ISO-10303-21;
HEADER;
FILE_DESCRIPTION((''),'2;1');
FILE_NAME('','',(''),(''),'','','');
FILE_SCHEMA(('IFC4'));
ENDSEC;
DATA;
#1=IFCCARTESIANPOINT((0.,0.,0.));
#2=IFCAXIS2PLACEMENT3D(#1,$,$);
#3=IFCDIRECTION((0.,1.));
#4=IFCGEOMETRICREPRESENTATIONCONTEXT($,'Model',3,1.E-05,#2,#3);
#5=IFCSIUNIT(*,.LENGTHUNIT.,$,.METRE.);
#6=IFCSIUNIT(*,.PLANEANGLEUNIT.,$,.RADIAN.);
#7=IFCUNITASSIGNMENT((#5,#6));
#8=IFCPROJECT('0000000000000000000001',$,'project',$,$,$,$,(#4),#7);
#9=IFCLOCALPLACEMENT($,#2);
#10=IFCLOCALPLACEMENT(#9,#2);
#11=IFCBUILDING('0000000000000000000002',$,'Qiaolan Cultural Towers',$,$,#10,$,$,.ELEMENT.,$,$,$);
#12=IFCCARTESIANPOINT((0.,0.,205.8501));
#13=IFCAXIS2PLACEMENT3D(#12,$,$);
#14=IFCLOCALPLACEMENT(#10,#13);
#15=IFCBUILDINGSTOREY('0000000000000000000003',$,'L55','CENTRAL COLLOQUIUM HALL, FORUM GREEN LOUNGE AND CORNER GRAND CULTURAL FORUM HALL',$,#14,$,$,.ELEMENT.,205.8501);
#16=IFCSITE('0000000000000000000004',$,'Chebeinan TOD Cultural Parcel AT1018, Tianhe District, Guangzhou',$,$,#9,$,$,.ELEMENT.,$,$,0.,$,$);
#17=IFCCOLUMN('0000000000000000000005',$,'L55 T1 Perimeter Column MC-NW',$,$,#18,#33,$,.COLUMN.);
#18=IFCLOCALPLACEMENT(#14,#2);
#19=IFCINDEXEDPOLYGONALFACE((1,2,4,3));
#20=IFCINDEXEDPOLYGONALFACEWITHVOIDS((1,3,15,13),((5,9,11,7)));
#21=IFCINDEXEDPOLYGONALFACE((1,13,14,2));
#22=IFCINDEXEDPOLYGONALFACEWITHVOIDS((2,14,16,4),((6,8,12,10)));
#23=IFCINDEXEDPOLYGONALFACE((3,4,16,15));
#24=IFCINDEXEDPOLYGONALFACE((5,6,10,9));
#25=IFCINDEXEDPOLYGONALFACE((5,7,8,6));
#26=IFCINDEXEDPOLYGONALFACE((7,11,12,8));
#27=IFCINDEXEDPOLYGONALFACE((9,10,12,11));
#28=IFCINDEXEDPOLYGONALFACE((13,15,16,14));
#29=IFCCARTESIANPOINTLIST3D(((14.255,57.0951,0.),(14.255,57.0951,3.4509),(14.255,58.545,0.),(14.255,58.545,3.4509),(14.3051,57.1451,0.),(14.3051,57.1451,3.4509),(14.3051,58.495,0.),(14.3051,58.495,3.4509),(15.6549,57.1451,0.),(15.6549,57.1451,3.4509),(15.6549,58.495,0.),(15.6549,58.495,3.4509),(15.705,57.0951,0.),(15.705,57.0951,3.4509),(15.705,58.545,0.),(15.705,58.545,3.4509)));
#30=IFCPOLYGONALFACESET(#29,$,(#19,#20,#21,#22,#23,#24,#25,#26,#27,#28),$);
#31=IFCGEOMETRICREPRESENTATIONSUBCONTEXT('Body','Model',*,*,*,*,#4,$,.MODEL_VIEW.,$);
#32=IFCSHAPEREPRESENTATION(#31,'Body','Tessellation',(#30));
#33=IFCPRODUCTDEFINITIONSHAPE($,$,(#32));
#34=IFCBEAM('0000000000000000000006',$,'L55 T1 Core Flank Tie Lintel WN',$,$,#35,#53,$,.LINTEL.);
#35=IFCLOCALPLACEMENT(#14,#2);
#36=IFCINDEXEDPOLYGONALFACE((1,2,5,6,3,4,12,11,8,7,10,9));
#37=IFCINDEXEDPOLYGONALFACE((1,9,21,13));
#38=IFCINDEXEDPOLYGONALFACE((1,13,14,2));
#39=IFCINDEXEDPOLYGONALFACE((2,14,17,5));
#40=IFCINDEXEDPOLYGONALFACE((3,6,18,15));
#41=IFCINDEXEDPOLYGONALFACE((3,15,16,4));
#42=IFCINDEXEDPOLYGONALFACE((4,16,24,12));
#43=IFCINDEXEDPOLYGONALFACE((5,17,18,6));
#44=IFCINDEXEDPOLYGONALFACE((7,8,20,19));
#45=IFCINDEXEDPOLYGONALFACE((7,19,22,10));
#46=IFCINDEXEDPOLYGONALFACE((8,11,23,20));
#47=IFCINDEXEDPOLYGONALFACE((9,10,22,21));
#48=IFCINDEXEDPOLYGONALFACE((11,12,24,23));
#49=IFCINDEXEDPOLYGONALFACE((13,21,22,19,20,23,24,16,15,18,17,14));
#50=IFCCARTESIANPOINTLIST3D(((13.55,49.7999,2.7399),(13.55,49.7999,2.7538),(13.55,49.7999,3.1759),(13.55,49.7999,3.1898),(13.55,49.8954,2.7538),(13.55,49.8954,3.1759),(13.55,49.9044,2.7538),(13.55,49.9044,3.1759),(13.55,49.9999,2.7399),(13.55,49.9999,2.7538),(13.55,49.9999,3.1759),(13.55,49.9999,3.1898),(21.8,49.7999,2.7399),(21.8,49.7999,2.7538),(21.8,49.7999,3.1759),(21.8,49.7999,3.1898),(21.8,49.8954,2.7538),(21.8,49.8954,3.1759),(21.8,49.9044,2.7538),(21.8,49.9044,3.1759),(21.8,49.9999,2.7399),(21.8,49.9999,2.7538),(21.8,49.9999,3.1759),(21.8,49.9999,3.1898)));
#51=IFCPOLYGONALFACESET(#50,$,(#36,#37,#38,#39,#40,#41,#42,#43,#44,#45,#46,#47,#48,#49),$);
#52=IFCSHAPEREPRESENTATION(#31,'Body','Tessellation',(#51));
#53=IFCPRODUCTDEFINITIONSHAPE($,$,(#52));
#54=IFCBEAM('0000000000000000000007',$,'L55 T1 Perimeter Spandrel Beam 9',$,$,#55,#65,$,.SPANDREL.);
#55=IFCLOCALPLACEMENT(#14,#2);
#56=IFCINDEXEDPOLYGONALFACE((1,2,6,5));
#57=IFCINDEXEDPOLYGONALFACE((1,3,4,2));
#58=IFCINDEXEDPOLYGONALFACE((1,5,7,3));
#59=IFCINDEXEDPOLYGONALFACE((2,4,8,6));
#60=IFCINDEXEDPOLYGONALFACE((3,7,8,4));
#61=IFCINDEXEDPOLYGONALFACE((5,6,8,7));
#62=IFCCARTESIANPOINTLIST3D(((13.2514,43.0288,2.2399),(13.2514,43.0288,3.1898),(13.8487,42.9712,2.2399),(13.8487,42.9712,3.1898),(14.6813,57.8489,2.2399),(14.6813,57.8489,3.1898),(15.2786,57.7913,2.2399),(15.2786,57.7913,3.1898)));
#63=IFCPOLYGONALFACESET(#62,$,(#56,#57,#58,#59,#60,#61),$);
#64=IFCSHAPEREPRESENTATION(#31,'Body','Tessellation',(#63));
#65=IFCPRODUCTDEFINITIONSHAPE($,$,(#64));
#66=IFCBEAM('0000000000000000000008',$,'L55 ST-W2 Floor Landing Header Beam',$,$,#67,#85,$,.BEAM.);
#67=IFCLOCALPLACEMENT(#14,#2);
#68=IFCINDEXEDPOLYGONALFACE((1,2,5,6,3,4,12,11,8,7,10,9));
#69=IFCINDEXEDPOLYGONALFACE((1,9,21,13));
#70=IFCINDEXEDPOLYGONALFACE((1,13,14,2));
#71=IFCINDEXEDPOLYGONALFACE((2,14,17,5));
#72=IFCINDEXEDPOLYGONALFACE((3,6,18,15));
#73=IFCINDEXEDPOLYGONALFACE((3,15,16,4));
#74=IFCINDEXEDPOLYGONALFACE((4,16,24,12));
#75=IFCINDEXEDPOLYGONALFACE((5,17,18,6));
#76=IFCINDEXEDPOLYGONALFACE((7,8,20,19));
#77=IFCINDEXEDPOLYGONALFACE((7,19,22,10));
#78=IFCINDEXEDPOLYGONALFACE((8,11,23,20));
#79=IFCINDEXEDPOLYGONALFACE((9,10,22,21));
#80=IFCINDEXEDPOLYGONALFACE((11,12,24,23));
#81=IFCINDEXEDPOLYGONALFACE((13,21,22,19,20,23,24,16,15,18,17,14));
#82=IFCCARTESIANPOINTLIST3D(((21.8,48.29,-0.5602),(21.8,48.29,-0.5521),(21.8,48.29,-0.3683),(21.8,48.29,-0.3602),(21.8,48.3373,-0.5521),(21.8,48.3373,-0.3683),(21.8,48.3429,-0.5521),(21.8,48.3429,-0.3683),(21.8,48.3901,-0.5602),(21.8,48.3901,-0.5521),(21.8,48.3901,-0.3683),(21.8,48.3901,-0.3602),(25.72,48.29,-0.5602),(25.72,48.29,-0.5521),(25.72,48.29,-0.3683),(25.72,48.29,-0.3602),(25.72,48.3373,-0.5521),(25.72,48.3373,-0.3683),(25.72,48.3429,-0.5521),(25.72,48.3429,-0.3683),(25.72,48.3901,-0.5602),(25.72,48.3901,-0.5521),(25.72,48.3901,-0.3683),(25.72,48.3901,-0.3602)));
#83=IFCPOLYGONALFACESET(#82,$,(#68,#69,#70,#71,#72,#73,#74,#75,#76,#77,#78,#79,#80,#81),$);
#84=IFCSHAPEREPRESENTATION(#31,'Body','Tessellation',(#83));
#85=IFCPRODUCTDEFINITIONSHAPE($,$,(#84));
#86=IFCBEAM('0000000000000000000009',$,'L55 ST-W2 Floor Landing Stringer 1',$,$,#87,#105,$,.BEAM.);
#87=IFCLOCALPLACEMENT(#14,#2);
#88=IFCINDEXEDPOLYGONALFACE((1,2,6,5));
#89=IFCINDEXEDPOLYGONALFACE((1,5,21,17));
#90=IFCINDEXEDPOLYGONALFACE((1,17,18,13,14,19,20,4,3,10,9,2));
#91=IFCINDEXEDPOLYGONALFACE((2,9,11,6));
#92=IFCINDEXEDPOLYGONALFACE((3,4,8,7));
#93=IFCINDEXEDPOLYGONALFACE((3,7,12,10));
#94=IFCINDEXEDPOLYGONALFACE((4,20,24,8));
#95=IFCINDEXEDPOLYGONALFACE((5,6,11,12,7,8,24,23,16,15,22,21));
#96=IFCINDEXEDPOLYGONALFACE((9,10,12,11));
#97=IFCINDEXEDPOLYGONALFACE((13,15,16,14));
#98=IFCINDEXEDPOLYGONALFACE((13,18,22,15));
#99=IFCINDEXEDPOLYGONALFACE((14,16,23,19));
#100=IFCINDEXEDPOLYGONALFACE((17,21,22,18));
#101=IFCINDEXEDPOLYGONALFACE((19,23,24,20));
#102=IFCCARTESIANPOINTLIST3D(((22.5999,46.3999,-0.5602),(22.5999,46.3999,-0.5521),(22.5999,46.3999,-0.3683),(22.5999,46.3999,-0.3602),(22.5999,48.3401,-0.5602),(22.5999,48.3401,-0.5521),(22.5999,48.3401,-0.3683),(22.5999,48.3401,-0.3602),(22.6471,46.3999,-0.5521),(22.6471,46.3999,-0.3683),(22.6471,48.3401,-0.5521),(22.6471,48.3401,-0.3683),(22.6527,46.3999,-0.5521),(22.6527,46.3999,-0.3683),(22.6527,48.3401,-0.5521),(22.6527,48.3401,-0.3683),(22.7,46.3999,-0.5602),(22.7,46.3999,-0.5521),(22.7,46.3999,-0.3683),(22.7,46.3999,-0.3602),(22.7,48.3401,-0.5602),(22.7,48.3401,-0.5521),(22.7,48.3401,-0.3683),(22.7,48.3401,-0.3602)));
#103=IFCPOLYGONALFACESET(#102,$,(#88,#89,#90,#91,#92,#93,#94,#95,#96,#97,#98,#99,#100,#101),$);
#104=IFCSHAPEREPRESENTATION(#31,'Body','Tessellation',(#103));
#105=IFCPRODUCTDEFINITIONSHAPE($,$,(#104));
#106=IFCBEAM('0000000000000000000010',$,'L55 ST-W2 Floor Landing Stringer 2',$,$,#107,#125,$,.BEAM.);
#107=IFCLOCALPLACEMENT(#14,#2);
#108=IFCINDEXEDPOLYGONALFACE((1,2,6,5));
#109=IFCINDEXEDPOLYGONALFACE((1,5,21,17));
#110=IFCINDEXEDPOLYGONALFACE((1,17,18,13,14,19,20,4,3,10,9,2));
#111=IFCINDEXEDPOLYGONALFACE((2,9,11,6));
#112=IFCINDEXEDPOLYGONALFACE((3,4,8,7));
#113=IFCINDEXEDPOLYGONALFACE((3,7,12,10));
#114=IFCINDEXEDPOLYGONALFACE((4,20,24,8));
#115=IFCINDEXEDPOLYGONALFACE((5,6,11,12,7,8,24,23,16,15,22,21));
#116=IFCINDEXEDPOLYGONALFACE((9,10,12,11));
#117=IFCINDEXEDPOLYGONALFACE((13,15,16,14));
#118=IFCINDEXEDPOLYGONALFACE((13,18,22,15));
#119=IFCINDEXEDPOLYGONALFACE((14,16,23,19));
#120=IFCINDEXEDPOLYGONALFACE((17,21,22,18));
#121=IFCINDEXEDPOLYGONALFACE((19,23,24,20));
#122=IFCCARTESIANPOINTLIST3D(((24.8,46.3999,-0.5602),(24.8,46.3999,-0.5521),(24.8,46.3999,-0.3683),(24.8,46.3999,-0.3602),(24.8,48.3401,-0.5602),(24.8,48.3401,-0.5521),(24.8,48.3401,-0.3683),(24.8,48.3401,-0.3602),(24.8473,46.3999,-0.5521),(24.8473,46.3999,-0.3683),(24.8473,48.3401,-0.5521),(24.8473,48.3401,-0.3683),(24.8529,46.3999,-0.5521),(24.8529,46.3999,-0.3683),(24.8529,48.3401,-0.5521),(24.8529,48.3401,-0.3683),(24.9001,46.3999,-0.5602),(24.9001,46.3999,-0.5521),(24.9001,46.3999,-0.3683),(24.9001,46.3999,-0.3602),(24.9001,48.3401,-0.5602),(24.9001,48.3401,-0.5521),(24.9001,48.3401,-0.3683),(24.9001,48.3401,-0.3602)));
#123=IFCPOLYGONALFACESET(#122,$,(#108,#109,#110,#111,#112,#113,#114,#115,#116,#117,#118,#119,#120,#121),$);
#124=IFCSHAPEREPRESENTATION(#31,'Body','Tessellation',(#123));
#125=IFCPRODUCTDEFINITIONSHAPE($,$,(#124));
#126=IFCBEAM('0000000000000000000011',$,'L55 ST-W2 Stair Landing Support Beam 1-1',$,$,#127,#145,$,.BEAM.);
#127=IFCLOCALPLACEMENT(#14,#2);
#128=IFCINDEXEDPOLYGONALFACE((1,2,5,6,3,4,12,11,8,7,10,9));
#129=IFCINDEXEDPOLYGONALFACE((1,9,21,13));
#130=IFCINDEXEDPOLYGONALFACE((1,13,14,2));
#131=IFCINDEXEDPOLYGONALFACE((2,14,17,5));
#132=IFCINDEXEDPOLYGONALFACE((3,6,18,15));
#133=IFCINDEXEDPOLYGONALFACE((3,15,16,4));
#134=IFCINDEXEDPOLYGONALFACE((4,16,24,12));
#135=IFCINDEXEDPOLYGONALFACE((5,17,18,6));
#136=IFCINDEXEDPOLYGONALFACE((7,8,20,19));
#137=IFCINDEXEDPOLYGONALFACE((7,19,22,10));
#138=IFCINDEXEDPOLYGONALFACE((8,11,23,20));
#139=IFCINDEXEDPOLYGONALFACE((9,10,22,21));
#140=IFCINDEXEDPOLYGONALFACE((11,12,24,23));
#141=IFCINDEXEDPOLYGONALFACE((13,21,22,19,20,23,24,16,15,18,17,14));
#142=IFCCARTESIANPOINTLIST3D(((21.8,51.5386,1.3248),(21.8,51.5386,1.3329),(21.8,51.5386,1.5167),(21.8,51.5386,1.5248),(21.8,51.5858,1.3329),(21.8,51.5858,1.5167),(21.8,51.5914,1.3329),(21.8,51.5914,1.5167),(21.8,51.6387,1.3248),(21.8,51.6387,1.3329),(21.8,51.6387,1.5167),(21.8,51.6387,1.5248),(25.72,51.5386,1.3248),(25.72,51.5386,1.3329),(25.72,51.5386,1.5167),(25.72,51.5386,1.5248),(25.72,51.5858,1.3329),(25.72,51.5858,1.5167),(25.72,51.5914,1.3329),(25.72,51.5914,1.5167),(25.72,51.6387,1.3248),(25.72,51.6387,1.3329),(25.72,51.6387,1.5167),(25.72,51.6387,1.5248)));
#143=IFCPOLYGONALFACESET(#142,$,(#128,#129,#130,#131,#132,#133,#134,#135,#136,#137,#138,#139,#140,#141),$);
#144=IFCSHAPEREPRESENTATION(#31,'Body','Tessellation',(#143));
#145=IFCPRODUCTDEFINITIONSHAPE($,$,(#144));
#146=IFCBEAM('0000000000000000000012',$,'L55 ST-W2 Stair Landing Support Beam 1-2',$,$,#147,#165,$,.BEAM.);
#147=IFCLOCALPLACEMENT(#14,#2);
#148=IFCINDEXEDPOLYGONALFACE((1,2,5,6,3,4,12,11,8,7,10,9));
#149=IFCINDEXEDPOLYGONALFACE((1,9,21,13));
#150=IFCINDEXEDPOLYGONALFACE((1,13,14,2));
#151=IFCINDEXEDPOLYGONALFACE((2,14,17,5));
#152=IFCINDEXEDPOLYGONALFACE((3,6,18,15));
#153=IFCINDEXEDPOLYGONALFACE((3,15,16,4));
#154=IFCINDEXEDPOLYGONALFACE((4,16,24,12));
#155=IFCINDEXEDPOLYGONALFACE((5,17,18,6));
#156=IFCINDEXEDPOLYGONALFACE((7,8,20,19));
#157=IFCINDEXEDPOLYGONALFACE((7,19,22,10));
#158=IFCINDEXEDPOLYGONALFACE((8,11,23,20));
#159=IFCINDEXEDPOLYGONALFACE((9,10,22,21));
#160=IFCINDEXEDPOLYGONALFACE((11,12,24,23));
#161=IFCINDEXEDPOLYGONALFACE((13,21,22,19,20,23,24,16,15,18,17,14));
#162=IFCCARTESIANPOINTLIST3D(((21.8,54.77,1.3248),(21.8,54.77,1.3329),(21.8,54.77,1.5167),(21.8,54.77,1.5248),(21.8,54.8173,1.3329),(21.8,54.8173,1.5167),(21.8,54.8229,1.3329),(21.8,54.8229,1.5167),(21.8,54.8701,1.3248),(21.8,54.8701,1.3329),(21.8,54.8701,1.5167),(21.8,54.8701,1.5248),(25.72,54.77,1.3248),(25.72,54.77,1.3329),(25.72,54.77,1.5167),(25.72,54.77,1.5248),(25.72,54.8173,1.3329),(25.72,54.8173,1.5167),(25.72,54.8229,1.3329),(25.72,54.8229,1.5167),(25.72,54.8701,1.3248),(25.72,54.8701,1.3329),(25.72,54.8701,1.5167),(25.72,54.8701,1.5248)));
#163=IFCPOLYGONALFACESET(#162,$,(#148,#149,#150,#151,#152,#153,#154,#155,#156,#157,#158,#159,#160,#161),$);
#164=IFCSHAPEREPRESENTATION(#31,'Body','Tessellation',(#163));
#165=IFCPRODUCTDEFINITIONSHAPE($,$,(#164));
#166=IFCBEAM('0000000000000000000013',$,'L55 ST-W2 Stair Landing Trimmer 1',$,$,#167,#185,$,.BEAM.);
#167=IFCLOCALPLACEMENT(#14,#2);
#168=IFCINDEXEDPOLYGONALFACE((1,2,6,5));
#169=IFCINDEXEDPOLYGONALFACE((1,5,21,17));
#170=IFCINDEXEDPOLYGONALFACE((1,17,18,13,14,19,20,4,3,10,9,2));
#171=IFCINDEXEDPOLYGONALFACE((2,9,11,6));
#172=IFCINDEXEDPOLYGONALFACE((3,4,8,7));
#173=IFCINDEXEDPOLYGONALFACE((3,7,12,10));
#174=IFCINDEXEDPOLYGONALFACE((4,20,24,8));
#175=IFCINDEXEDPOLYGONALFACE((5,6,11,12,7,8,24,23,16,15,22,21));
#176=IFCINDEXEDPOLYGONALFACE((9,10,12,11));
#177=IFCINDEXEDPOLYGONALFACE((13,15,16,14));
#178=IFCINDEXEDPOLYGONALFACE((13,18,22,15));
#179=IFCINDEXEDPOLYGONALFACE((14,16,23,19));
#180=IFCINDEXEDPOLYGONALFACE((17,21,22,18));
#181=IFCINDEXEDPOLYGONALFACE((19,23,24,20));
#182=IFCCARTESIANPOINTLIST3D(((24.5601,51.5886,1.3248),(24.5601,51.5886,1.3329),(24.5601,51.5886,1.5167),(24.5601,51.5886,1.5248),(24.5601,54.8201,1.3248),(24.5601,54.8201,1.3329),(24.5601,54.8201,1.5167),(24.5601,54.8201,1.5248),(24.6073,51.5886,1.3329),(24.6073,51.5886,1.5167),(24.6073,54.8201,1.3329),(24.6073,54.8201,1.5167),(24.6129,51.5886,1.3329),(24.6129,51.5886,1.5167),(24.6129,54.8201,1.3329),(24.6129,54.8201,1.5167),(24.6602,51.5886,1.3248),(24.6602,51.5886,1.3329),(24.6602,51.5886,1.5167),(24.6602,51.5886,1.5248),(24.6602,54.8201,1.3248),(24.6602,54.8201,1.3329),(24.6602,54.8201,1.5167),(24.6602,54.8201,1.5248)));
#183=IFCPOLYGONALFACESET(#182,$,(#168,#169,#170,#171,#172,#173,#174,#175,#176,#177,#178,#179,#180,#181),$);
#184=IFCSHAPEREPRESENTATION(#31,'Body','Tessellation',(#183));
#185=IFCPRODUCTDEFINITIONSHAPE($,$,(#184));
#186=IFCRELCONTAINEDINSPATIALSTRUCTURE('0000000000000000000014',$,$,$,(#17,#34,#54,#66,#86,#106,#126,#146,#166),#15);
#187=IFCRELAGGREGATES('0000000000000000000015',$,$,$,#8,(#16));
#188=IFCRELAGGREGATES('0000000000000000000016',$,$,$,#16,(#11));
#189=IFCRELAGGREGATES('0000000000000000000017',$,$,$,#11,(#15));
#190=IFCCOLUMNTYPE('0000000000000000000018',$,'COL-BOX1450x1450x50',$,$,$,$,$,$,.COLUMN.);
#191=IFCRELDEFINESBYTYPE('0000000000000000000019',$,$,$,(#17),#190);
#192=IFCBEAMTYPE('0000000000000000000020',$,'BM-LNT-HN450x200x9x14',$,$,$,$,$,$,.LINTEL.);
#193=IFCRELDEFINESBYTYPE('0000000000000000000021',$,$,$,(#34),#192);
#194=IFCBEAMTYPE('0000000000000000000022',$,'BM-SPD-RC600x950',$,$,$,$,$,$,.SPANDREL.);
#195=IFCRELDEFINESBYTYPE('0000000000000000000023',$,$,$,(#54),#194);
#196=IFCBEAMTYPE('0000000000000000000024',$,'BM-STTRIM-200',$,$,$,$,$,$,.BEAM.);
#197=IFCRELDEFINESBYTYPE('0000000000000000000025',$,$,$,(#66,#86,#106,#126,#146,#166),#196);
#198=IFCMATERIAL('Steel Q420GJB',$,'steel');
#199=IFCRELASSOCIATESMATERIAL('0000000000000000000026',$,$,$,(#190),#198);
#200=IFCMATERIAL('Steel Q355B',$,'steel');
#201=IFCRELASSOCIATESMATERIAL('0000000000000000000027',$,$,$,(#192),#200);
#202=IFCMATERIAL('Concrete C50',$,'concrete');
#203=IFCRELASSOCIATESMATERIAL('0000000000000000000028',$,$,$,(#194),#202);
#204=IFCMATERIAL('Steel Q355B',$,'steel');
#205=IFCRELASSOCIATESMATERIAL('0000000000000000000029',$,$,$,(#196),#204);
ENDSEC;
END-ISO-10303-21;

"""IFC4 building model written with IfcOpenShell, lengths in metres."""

from ifc_helpers import new_model, si_unit, direction, frame, origin, origin_2d, place, context, subcontext, project, spatial, rectangle, hollow_rectangle, i_section, extrude, material, material_profile, profile_set, type_object, element, save


model = new_model("IFC4")

# Units and contexts
model_context = context("Model", 3, precision=1e-05, world=origin(), true_north=direction((0.0, 1.0)))
body_context = subcontext(model_context, "Body", "Model", "MODEL_VIEW")
ifc_project = project(units=[si_unit("LENGTHUNIT", "METRE"), si_unit("PLANEANGLEUNIT", "RADIAN")], contexts=[model_context])

# Site, building, storey
site_placement = place(None, origin())
site = spatial("IfcSite", under=ifc_project, at=site_placement, Name="Chebeinan TOD Cultural Parcel AT1018, Tianhe District, Guangzhou", CompositionType="ELEMENT", RefElevation=0.0)
building_placement = place(site_placement, origin())
building = spatial("IfcBuilding", under=site, at=building_placement, Name="Qiaolan Cultural Towers", CompositionType="ELEMENT")
storey_placement = place(building_placement, frame((0.0, 0.0, 205.8501)))
storey = spatial("IfcBuildingStorey", under=building, at=storey_placement, Name="L55", Description="CENTRAL COLLOQUIUM HALL, FORUM GREEN LOUNGE AND CORNER GRAND CULTURAL FORUM HALL", CompositionType="ELEMENT", Elevation=205.8501)

# Column
ifc_material_1 = material(Name="Steel Q420GJB", Category="steel")
ifc_material_profile_1 = material_profile(ifc_material_1, hollow_rectangle(XDim=1.45, YDim=1.45, WallThickness=0.05, at=origin_2d()), Name="BOX1450x1450x50")
ifc_profile_set_1 = profile_set([ifc_material_profile_1], Name="Steel Q420GJB")
column_type = type_object("IfcColumnType", Name="COL-BOX1450x1450x50", PredefinedType="COLUMN", material=ifc_profile_set_1)
column_placement = place(storey_placement, frame((14.98, 57.8201, 0.0), z_axis=(0.0, 0.0, 1.0), x_axis=(1.0, 0.0, 0.0)))
element("IfcColumn", 1, at=column_placement, inside=storey, type_object=column_type, Name="L55 T1 Perimeter Column MC-NW", PredefinedType="COLUMN", context=body_context, shape_type="SweptSolid", body=[
    extrude(hollow_rectangle(XDim=1.45, YDim=1.45, WallThickness=0.05, at=origin_2d()), origin(), (0.0, 0.0, 1.0), 3.4509),
])

# Beams
ifc_material_2 = material(Name="Steel Q355B", Category="steel")
ifc_material_profile_2 = material_profile(ifc_material_2, i_section(OverallWidth=0.2, OverallDepth=0.45, WebThickness=0.009, FlangeThickness=0.0139, at=origin_2d()), Name="HN450x200x9x14")
ifc_profile_set_2 = profile_set([ifc_material_profile_2], Name="Steel Q355B")
beam_type_1 = type_object("IfcBeamType", Name="BM-LNT-HN450x200x9x14", PredefinedType="LINTEL", material=ifc_profile_set_2)
beam_1_placement = place(storey_placement, frame((21.8, 49.8999, 2.9648), z_axis=(-1.0, 0.0, 0.0), x_axis=(0.0, -1.0, 0.0)))
element("IfcBeam", 2, at=beam_1_placement, inside=storey, type_object=beam_type_1, Name="L55 T1 Core Flank Tie Lintel WN", PredefinedType="LINTEL", context=body_context, shape_type="SweptSolid", body=[
    extrude(i_section(OverallWidth=0.2, OverallDepth=0.45, WebThickness=0.009, FlangeThickness=0.0139, at=origin_2d()), origin(), (0.0, 0.0, 1.0), 8.25),
])
ifc_material_3 = material(Name="Concrete C50", Category="concrete")
ifc_material_profile_3 = material_profile(ifc_material_3, rectangle(XDim=0.6001, YDim=0.95, at=origin_2d()), Name="RC600x950")
ifc_profile_set_3 = profile_set([ifc_material_profile_3], Name="Concrete C50")
beam_type_2 = type_object("IfcBeamType", Name="BM-SPD-RC600x950", PredefinedType="SPANDREL", material=ifc_profile_set_3)
beam_2_placement = place(storey_placement, frame((14.98, 57.8201, 2.7148), z_axis=(-0.09604, -0.995377, 0.0), x_axis=(0.995377, -0.09604, 0.0)))
element("IfcBeam", 3, at=beam_2_placement, inside=storey, type_object=beam_type_2, Name="L55 T1 Perimeter Spandrel Beam 9", PredefinedType="SPANDREL", context=body_context, shape_type="SweptSolid", body=[
    extrude(rectangle(XDim=0.6001, YDim=0.95, at=origin_2d()), origin(), (0.0, 0.0, 1.0), 14.8889),
])
ifc_material_4 = material(Name="Steel Q355B", Category="steel")
ifc_material_profile_4 = material_profile(ifc_material_4, i_section(OverallWidth=0.1001, OverallDepth=0.2, WebThickness=0.0056, FlangeThickness=0.0081, at=origin_2d()), Name="HN200x100x5.5x8")
ifc_profile_set_4 = profile_set([ifc_material_profile_4], Name="Steel Q355B")
beam_type_3 = type_object("IfcBeamType", Name="BM-STTRIM-200", PredefinedType="BEAM", material=ifc_profile_set_4)
beam_3_placement = place(storey_placement, frame((21.8, 48.3401, -0.4602), z_axis=(1.0, 0.0, 0.0), x_axis=(0.0, 1.0, 0.0)))
element("IfcBeam", 4, at=beam_3_placement, inside=storey, type_object=beam_type_3, Name="L55 ST-W2 Floor Landing Header Beam", PredefinedType="BEAM", context=body_context, shape_type="SweptSolid", body=[
    extrude(i_section(OverallWidth=0.1001, OverallDepth=0.2, WebThickness=0.0056, FlangeThickness=0.0081, at=origin_2d()), origin(), (0.0, 0.0, 1.0), 3.9199),
])
for number, where, z_axis, x_axis, name in (
    (5, (22.6499, 46.3999, -0.4602), (0.0, 1.0, 0.0), (-1.0, 0.0, 0.0), "L55 ST-W2 Floor Landing Stringer 1"),
    (6, (24.8501, 46.3999, -0.4602), (0.0, 1.0, 0.0), (-1.0, 0.0, 0.0), "L55 ST-W2 Floor Landing Stringer 2"),
):
    element("IfcBeam", number, at=place(storey_placement, frame(where, z_axis=z_axis, x_axis=x_axis)), inside=storey, type_object=beam_type_3, Name=name, PredefinedType="BEAM", context=body_context, shape_type="SweptSolid", body=[
        extrude(i_section(OverallWidth=0.1001, OverallDepth=0.2, WebThickness=0.0056, FlangeThickness=0.0081, at=origin_2d()), origin(), (0.0, 0.0, 1.0), 1.9402),
    ])
for number, where, z_axis, x_axis, name in (
    (7, (21.8, 51.5886, 1.4248), (1.0, 0.0, 0.0), (0.0, 1.0, 0.0), "L55 ST-W2 Stair Landing Support Beam 1-1"),
    (8, (21.8, 54.8201, 1.4248), (1.0, 0.0, 0.0), (0.0, 1.0, 0.0), "L55 ST-W2 Stair Landing Support Beam 1-2"),
):
    element("IfcBeam", number, at=place(storey_placement, frame(where, z_axis=z_axis, x_axis=x_axis)), inside=storey, type_object=beam_type_3, Name=name, PredefinedType="BEAM", context=body_context, shape_type="SweptSolid", body=[
        extrude(i_section(OverallWidth=0.1001, OverallDepth=0.2, WebThickness=0.0056, FlangeThickness=0.0081, at=origin_2d()), origin(), (0.0, 0.0, 1.0), 3.9199),
    ])
beam_4_placement = place(storey_placement, frame((24.6101, 51.5886, 1.4248), z_axis=(0.0, 1.0, 0.0), x_axis=(-1.0, 0.0, 0.0)))
element("IfcBeam", 9, at=beam_4_placement, inside=storey, type_object=beam_type_3, Name="L55 ST-W2 Stair Landing Trimmer 1", PredefinedType="BEAM", context=body_context, shape_type="SweptSolid", body=[
    extrude(i_section(OverallWidth=0.1001, OverallDepth=0.2, WebThickness=0.0056, FlangeThickness=0.0081, at=origin_2d()), origin(), (0.0, 0.0, 1.0), 3.2314),
])

save(model, "model.ifc")
